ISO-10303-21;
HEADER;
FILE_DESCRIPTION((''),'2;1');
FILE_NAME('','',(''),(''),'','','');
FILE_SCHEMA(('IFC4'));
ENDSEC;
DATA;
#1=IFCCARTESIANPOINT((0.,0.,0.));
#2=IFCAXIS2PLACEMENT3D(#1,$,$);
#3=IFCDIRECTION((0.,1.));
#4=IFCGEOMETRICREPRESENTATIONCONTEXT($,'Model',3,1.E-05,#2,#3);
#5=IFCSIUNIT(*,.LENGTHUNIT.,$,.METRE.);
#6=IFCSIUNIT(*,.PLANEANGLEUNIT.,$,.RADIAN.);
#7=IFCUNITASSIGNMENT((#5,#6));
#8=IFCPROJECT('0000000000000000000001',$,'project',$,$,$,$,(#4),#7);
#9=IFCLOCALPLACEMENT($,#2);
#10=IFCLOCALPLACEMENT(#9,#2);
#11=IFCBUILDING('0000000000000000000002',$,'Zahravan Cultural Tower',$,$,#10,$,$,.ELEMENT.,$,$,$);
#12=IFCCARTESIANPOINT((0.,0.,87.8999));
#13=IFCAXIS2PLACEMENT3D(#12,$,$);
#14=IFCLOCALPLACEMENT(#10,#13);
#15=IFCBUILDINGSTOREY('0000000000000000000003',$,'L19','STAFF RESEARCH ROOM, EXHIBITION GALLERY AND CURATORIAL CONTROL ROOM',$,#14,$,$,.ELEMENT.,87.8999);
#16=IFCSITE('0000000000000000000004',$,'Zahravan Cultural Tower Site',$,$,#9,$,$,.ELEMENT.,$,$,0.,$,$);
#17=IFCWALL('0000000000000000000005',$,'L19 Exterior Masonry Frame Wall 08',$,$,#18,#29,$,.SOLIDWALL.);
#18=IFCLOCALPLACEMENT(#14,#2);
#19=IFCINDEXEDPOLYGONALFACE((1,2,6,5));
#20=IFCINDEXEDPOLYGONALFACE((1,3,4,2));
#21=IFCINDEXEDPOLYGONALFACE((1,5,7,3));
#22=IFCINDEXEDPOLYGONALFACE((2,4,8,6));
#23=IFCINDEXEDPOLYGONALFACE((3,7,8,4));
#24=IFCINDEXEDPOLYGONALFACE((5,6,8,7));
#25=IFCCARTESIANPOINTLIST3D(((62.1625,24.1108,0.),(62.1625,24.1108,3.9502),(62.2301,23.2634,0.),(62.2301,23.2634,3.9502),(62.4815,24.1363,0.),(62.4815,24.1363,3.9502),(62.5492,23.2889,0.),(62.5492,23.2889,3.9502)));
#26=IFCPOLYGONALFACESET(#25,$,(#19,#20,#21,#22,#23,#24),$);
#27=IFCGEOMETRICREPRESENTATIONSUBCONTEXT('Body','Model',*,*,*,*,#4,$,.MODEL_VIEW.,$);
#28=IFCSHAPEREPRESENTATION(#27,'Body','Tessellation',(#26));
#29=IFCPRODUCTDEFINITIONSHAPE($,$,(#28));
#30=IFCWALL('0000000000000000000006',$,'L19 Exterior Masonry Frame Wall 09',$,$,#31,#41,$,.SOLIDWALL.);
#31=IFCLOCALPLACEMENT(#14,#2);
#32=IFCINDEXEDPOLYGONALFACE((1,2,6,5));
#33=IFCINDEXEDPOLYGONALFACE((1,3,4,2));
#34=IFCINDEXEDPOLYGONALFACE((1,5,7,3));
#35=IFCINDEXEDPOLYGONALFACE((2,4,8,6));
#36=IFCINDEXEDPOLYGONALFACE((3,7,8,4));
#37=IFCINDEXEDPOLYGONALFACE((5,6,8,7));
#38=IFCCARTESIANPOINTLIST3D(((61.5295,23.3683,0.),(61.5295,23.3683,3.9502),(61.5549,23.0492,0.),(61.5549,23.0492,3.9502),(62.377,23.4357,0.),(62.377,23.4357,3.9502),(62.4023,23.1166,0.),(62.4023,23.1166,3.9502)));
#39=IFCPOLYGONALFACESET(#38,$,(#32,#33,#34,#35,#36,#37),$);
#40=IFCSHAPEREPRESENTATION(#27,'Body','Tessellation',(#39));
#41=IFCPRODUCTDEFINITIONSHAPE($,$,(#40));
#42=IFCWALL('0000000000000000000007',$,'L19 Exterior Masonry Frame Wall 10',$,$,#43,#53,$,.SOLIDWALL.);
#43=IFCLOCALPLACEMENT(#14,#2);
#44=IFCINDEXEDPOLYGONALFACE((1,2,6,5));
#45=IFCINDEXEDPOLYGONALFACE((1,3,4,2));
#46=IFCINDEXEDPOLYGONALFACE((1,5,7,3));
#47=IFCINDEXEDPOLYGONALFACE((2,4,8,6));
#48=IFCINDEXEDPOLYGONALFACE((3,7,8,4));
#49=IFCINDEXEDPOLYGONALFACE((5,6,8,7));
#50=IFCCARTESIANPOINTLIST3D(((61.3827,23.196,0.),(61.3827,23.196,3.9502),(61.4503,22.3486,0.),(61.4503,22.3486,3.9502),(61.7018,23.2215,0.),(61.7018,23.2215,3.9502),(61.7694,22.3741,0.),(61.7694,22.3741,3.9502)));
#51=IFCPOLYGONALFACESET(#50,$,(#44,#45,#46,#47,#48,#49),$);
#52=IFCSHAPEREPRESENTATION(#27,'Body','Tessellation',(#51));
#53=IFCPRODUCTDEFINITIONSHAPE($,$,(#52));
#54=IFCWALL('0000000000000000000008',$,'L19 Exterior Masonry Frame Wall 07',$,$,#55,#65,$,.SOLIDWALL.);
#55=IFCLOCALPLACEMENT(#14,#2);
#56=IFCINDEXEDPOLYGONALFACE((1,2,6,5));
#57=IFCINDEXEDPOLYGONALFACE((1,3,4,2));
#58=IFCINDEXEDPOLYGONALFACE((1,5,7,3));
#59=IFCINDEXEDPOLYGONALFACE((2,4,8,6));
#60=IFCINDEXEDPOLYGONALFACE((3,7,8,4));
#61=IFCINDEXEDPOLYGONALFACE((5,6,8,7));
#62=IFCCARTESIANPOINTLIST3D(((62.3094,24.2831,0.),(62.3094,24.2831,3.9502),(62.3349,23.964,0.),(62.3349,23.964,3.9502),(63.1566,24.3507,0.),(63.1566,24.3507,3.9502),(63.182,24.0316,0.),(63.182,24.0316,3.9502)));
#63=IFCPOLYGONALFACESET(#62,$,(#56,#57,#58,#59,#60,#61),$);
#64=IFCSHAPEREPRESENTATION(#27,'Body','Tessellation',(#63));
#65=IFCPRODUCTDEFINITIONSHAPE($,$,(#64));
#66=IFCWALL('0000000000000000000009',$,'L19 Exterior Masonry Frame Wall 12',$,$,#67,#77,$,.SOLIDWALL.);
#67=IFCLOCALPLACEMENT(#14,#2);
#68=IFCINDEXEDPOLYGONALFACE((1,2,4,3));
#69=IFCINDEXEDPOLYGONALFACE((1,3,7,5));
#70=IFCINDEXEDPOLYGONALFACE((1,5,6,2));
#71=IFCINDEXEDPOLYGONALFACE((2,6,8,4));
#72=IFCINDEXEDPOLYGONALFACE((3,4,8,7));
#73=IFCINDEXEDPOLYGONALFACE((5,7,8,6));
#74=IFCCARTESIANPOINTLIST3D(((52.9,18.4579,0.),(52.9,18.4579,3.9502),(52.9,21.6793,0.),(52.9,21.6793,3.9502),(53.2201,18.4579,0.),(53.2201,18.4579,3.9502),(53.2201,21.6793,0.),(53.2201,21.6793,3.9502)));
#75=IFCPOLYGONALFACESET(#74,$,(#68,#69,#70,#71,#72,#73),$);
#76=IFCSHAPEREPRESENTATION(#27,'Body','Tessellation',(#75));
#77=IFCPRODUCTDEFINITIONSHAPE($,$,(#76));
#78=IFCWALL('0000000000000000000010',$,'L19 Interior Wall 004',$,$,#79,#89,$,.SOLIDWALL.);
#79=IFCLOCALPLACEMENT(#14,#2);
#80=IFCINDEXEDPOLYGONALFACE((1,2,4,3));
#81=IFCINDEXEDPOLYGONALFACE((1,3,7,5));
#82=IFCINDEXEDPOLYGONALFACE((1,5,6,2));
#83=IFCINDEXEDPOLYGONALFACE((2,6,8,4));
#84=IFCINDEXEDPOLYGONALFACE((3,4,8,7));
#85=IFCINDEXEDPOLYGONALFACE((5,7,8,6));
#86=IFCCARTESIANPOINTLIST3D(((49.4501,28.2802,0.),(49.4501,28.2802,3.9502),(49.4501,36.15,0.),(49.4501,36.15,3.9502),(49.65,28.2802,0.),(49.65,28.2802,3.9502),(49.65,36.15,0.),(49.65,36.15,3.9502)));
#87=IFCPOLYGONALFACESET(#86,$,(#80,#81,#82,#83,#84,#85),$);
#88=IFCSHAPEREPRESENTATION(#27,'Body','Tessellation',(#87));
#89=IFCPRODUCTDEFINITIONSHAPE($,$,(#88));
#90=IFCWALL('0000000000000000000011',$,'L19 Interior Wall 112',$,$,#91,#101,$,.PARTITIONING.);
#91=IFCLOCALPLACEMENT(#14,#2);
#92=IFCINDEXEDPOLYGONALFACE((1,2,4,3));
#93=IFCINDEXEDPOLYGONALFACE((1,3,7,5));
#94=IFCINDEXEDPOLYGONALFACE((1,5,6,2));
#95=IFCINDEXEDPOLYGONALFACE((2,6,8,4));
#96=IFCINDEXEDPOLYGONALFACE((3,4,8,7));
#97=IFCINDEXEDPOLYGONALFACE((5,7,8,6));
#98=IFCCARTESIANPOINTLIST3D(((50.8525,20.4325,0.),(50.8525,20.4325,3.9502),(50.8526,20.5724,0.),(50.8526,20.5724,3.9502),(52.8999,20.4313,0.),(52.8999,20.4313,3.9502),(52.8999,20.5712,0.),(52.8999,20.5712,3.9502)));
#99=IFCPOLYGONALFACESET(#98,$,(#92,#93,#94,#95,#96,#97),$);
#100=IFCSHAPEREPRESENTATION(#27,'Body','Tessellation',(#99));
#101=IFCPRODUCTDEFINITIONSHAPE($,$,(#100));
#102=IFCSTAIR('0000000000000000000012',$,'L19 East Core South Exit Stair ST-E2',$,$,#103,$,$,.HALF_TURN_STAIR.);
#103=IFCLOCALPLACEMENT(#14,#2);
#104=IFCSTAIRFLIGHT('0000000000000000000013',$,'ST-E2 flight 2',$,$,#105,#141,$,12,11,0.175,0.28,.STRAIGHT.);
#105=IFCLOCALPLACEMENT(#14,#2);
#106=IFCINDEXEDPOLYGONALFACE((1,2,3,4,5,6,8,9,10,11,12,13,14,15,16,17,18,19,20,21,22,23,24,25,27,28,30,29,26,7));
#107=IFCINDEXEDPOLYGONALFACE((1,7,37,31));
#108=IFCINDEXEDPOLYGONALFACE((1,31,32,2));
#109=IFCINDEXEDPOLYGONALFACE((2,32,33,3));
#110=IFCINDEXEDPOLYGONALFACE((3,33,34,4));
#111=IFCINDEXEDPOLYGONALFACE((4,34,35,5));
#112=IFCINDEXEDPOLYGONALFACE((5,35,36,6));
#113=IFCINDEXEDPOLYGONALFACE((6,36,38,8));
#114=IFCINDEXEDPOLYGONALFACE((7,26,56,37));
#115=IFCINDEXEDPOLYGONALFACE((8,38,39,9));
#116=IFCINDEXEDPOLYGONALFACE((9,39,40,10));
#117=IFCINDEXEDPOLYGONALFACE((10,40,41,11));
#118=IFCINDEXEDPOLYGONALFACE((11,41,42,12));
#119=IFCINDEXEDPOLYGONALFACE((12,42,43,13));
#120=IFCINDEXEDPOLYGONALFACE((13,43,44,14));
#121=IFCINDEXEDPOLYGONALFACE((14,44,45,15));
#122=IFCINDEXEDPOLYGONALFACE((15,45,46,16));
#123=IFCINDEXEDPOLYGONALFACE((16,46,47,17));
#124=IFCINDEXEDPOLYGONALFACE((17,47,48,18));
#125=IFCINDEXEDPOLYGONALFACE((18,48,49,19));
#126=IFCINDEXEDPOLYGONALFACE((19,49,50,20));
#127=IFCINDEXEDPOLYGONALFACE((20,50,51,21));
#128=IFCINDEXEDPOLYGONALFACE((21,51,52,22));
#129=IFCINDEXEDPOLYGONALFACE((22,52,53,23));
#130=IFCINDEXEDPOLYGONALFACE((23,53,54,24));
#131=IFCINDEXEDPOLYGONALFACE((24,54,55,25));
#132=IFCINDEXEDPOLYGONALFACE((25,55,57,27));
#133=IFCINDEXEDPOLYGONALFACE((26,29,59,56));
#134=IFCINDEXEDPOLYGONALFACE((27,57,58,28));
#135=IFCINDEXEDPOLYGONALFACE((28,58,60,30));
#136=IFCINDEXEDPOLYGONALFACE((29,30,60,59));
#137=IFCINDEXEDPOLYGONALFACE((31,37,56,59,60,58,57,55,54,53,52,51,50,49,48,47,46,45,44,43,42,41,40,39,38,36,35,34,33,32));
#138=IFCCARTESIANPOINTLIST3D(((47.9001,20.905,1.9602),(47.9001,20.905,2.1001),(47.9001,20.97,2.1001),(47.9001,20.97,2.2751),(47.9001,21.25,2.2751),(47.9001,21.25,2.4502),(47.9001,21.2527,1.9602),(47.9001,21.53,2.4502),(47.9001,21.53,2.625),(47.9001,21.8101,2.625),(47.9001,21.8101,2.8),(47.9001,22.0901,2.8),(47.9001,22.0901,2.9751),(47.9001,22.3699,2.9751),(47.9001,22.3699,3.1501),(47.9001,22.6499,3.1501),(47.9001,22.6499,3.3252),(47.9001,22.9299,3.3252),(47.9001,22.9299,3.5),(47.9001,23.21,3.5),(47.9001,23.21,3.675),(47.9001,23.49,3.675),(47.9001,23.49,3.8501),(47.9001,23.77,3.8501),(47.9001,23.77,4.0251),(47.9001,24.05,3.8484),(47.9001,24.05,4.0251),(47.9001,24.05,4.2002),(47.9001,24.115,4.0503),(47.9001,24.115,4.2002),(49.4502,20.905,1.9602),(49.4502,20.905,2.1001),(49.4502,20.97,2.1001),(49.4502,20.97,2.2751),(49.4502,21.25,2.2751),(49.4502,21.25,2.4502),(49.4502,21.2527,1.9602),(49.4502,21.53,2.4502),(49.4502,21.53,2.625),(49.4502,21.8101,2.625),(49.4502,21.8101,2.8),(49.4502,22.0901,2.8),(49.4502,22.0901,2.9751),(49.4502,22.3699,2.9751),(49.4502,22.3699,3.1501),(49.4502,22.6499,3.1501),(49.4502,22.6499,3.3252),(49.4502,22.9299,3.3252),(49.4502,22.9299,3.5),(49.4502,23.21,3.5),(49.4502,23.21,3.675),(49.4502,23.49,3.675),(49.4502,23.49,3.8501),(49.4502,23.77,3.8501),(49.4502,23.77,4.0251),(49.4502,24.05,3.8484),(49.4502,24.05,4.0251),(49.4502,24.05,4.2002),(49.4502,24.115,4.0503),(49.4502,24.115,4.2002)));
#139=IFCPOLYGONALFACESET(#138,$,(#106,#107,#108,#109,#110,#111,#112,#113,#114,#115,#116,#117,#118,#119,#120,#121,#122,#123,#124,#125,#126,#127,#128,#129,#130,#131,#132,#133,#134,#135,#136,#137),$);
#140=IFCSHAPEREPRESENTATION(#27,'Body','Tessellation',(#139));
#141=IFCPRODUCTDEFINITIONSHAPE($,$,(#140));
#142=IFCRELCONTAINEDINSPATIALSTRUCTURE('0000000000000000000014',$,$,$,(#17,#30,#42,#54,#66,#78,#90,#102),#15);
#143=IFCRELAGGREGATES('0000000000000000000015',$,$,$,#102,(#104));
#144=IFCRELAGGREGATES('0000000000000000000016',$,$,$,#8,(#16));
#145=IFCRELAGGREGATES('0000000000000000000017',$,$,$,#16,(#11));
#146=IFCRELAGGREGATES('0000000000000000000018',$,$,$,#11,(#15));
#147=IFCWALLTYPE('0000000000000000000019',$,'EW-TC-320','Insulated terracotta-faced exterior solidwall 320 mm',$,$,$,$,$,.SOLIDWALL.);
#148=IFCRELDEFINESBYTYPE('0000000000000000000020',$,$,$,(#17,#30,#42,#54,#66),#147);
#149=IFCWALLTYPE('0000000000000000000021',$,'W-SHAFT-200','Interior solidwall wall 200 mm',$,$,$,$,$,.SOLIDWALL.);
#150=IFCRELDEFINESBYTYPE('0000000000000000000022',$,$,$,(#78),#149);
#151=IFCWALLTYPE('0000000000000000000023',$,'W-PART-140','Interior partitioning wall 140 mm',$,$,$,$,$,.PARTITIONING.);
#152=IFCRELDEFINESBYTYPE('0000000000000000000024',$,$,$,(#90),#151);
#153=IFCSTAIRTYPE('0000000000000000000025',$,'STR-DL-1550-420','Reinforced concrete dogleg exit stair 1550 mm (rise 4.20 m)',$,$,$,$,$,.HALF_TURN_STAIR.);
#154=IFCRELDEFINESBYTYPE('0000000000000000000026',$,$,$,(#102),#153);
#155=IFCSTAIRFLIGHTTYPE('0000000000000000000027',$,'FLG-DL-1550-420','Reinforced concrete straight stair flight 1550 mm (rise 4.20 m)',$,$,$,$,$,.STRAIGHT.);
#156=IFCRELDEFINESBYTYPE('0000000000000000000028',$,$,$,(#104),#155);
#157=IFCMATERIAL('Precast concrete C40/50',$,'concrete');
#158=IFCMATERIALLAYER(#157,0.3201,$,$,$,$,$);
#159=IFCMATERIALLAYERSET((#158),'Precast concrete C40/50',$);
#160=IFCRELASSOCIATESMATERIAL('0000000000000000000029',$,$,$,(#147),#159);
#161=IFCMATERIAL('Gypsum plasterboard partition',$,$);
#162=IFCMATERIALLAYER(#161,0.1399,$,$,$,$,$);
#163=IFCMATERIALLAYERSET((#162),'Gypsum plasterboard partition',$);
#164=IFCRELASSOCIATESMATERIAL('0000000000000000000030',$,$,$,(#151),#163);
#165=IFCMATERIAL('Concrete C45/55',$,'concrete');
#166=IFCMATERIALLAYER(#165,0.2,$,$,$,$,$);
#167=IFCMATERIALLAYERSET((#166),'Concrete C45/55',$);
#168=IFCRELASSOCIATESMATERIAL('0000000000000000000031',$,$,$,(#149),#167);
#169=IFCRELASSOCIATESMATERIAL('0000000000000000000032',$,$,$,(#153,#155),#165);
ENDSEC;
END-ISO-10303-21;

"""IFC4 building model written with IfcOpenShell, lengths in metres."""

from ifc_helpers import new_model, si_unit, direction, frame, frame_2d, origin, place, context, subcontext, project, spatial, polyline, rectangle, outline, extrude, source, transform, mapped, material, layer, layer_set, type_object, element, aggregate, save


model = new_model("IFC4")

# Units and contexts
model_context = context("Model", 3, precision=1e-05, world=origin(), true_north=direction((0.0, 1.0)))
body_context = subcontext(model_context, "Body", "Model", "MODEL_VIEW")
ifc_project = project(units=[si_unit("LENGTHUNIT", "METRE"), si_unit("PLANEANGLEUNIT", "RADIAN")], contexts=[model_context])

# Site, building, storey
site_placement = place(None, origin())
site = spatial("IfcSite", under=ifc_project, at=site_placement, Name="Zahravan Cultural Tower Site", CompositionType="ELEMENT", RefElevation=0.0)
building_placement = place(site_placement, origin())
building = spatial("IfcBuilding", under=site, at=building_placement, Name="Zahravan Cultural Tower", CompositionType="ELEMENT")
storey_placement = place(building_placement, frame((0.0, 0.0, 87.8999)))
storey = spatial("IfcBuildingStorey", under=building, at=storey_placement, Name="L19", Description="STAFF RESEARCH ROOM, EXHIBITION GALLERY AND CURATORIAL CONTROL ROOM", CompositionType="ELEMENT", Elevation=87.8999)

# Shared definitions
ifc_material_1 = material(Name="Precast concrete C40/50", Category="concrete")
ifc_layer_1 = layer(ifc_material_1, 0.3201)
ifc_layer_set_1 = layer_set([ifc_layer_1], Name="Precast concrete C40/50")
wall_type_1 = type_object("IfcWallType", Name="EW-TC-320", Description="Insulated terracotta-faced exterior solidwall 320 mm", PredefinedType="SOLIDWALL", material=ifc_layer_set_1)

# Shared definitions
ifc_material_2 = material(Name="Gypsum plasterboard partition")
ifc_layer_2 = layer(ifc_material_2, 0.1399)
ifc_layer_set_2 = layer_set([ifc_layer_2], Name="Gypsum plasterboard partition")
wall_type_2 = type_object("IfcWallType", Name="W-PART-140", Description="Interior partitioning wall 140 mm", PredefinedType="PARTITIONING", material=ifc_layer_set_2)

# Walls
shared_shape_1 = source(origin(), body_context, "Body", "SweptSolid", [
    extrude(rectangle(XDim=0.8501, YDim=0.3201, at=frame_2d((0.425, 0.0))), origin(), (0.0, 0.0, 1.0), 3.9502),
])
for number, where, z_axis, x_axis, name in (
    (1, (62.322, 24.1235, 0.0), (0.0, 0.0, 1.0), (0.079551, -0.996831, 0.0), "L19 Exterior Masonry Frame Wall 08"),
    (2, (62.3896, 23.2761, 0.0), (0.0, 0.0, 1.0), (-0.996854, -0.079266, 0.0), "L19 Exterior Masonry Frame Wall 09"),
    (3, (61.5422, 23.2087, 0.0), (0.0, 0.0, 1.0), (0.079551, -0.996831, 0.0), "L19 Exterior Masonry Frame Wall 10"),
):
    element("IfcWall", number, at=place(storey_placement, frame(where, z_axis=z_axis, x_axis=x_axis)), inside=storey, type_object=wall_type_1, Name=name, PredefinedType="SOLIDWALL", context=body_context, shape_type="MappedRepresentation", body=[
        mapped(shared_shape_1, transform((0.0, 0.0, 0.0), x_axis=(1.0, 0.0, 0.0), y_axis=(0.0, 1.0, 0.0), z_axis=(0.0, 0.0, 1.0), scale=1.0)),
    ])
shared_shape_2 = source(origin(), body_context, "Body", "SweptSolid", [
    extrude(rectangle(XDim=0.8499, YDim=0.3201, at=frame_2d((0.4248, 0.0))), origin(), (0.0, 0.0, 1.0), 3.9502),
])
wall_1_placement = place(storey_placement, frame((63.1692, 24.1912, 0.0), z_axis=(0.0, 0.0, 1.0), x_axis=(-0.996829, -0.079574, 0.0)))
element("IfcWall", 4, at=wall_1_placement, inside=storey, type_object=wall_type_1, Name="L19 Exterior Masonry Frame Wall 07", PredefinedType="SOLIDWALL", context=body_context, shape_type="MappedRepresentation", body=[
    mapped(shared_shape_2, transform((0.0, 0.0, 0.0), x_axis=(1.0, 0.0, 0.0), y_axis=(0.0, 1.0, 0.0), z_axis=(0.0, 0.0, 1.0), scale=1.0)),
])
shared_shape_3 = source(origin(), body_context, "Body", "SweptSolid", [
    extrude(rectangle(XDim=3.2214, YDim=0.3201, at=frame_2d((1.6108, 0.0))), origin(), (0.0, 0.0, 1.0), 3.9502),
])
wall_2_placement = place(storey_placement, frame((53.0601, 21.6794, 0.0), z_axis=(0.0, 0.0, 1.0), x_axis=(0.0, -1.0, 0.0)))
element("IfcWall", 5, at=wall_2_placement, inside=storey, type_object=wall_type_1, Name="L19 Exterior Masonry Frame Wall 12", PredefinedType="SOLIDWALL", context=body_context, shape_type="MappedRepresentation", body=[
    mapped(shared_shape_3, transform((0.0, 0.0, 0.0), x_axis=(1.0, 0.0, 0.0), y_axis=(0.0, 1.0, 0.0), z_axis=(0.0, 0.0, 1.0), scale=1.0)),
])
ifc_material_3 = material(Name="Concrete C45/55", Category="concrete")
ifc_layer_3 = layer(ifc_material_3, 0.2)
ifc_layer_set_3 = layer_set([ifc_layer_3], Name="Concrete C45/55")
wall_type_3 = type_object("IfcWallType", Name="W-SHAFT-200", Description="Interior solidwall wall 200 mm", PredefinedType="SOLIDWALL", material=ifc_layer_set_3)
shared_shape_4 = source(origin(), body_context, "Body", "SweptSolid", [
    extrude(rectangle(XDim=7.8699, YDim=0.2, at=frame_2d((3.9351, 0.0))), origin(), (0.0, 0.0, 1.0), 3.9502),
])
wall_3_placement = place(storey_placement, frame((49.55, 28.28, 0.0), z_axis=(0.0, 0.0, 1.0), x_axis=(0.0, 1.0, 0.0)))
element("IfcWall", 6, at=wall_3_placement, inside=storey, type_object=wall_type_3, Name="L19 Interior Wall 004", PredefinedType="SOLIDWALL", context=body_context, shape_type="MappedRepresentation", body=[
    mapped(shared_shape_4, transform((0.0, 0.0, 0.0), x_axis=(1.0, 0.0, 0.0), y_axis=(0.0, 1.0, 0.0), z_axis=(0.0, 0.0, 1.0), scale=1.0)),
])
shared_shape_5 = source(origin(), body_context, "Body", "SweptSolid", [
    extrude(rectangle(XDim=2.0474, YDim=0.1399, at=frame_2d((1.0237, 0.0))), origin(), (0.0, 0.0, 1.0), 3.9502),
])
wall_4_placement = place(storey_placement, frame((50.8525, 20.5024, 0.0), z_axis=(0.0, 0.0, 1.0), x_axis=(1.0, -0.000596, 0.0)))
element("IfcWall", 7, at=wall_4_placement, inside=storey, type_object=wall_type_2, Name="L19 Interior Wall 112", PredefinedType="PARTITIONING", context=body_context, shape_type="MappedRepresentation", body=[
    mapped(shared_shape_5, transform((0.0, 0.0, 0.0), x_axis=(1.0, 0.0, 0.0), y_axis=(0.0, 1.0, 0.0), z_axis=(0.0, 0.0, 1.0), scale=1.0)),
])

# Stair, stair flight
stair_type = type_object("IfcStairType", Name="STR-DL-1550-420", Description="Reinforced concrete dogleg exit stair 1550 mm (rise 4.20 m)", PredefinedType="HALF_TURN_STAIR", material=ifc_material_3)
stair_placement = place(storey_placement, origin())
stair = element("IfcStair", 8, at=stair_placement, inside=storey, type_object=stair_type, Name="L19 East Core South Exit Stair ST-E2", PredefinedType="HALF_TURN_STAIR")
stair_flight_type = type_object("IfcStairFlightType", Name="FLG-DL-1550-420", Description="Reinforced concrete straight stair flight 1550 mm (rise 4.20 m)", PredefinedType="STRAIGHT", material=ifc_material_3)
stair_flight_placement = place(storey_placement, frame((48.675, 20.97, 2.1001), z_axis=(0.0, 0.0, 1.0), x_axis=(0.0, 1.0, 0.0)))
stair_flight = element("IfcStairFlight", 9, at=stair_flight_placement, type_object=stair_flight_type, Name="ST-E2 flight 2", NumberOfRisers=12, NumberOfTreads=11, PredefinedType="STRAIGHT", RiserHeight=0.175, TreadLength=0.28, context=body_context, shape_type="SweptSolid", body=[
    extrude(outline(polyline([(-0.0649, -0.1399), (-0.0649, 0.0), (0.0, 0.0), (0.0, 0.175), (0.28, 0.175), (0.28, 0.3501), (0.5601, 0.3501), (0.5601, 0.5249), (0.8401, 0.5249), (0.8401, 0.7), (1.1201, 0.7), (1.1201, 0.875), (1.3999, 0.875), (1.3999, 1.05), (1.6799, 1.05), (1.6799, 1.2251), (1.96, 1.2251), (1.96, 1.3999), (2.24, 1.3999), (2.24, 1.575), (2.52, 1.575), (2.52, 1.75), (2.8, 1.75), (2.8, 1.925), (3.0801, 1.925), (3.0801, 2.1001), (3.145, 2.1001), (3.145, 1.9502), (3.0801, 1.7483), (0.2827, -0.1399), (-0.0649, -0.1399)])), frame((0.0, 0.7749, 0.0), z_axis=(0.0, -1.0, 0.0), x_axis=(1.0, 0.0, 0.0)), (0.0, 0.0, 1.0), 1.55),
])
aggregate(stair, [stair_flight])

save(model, "model.ifc")
